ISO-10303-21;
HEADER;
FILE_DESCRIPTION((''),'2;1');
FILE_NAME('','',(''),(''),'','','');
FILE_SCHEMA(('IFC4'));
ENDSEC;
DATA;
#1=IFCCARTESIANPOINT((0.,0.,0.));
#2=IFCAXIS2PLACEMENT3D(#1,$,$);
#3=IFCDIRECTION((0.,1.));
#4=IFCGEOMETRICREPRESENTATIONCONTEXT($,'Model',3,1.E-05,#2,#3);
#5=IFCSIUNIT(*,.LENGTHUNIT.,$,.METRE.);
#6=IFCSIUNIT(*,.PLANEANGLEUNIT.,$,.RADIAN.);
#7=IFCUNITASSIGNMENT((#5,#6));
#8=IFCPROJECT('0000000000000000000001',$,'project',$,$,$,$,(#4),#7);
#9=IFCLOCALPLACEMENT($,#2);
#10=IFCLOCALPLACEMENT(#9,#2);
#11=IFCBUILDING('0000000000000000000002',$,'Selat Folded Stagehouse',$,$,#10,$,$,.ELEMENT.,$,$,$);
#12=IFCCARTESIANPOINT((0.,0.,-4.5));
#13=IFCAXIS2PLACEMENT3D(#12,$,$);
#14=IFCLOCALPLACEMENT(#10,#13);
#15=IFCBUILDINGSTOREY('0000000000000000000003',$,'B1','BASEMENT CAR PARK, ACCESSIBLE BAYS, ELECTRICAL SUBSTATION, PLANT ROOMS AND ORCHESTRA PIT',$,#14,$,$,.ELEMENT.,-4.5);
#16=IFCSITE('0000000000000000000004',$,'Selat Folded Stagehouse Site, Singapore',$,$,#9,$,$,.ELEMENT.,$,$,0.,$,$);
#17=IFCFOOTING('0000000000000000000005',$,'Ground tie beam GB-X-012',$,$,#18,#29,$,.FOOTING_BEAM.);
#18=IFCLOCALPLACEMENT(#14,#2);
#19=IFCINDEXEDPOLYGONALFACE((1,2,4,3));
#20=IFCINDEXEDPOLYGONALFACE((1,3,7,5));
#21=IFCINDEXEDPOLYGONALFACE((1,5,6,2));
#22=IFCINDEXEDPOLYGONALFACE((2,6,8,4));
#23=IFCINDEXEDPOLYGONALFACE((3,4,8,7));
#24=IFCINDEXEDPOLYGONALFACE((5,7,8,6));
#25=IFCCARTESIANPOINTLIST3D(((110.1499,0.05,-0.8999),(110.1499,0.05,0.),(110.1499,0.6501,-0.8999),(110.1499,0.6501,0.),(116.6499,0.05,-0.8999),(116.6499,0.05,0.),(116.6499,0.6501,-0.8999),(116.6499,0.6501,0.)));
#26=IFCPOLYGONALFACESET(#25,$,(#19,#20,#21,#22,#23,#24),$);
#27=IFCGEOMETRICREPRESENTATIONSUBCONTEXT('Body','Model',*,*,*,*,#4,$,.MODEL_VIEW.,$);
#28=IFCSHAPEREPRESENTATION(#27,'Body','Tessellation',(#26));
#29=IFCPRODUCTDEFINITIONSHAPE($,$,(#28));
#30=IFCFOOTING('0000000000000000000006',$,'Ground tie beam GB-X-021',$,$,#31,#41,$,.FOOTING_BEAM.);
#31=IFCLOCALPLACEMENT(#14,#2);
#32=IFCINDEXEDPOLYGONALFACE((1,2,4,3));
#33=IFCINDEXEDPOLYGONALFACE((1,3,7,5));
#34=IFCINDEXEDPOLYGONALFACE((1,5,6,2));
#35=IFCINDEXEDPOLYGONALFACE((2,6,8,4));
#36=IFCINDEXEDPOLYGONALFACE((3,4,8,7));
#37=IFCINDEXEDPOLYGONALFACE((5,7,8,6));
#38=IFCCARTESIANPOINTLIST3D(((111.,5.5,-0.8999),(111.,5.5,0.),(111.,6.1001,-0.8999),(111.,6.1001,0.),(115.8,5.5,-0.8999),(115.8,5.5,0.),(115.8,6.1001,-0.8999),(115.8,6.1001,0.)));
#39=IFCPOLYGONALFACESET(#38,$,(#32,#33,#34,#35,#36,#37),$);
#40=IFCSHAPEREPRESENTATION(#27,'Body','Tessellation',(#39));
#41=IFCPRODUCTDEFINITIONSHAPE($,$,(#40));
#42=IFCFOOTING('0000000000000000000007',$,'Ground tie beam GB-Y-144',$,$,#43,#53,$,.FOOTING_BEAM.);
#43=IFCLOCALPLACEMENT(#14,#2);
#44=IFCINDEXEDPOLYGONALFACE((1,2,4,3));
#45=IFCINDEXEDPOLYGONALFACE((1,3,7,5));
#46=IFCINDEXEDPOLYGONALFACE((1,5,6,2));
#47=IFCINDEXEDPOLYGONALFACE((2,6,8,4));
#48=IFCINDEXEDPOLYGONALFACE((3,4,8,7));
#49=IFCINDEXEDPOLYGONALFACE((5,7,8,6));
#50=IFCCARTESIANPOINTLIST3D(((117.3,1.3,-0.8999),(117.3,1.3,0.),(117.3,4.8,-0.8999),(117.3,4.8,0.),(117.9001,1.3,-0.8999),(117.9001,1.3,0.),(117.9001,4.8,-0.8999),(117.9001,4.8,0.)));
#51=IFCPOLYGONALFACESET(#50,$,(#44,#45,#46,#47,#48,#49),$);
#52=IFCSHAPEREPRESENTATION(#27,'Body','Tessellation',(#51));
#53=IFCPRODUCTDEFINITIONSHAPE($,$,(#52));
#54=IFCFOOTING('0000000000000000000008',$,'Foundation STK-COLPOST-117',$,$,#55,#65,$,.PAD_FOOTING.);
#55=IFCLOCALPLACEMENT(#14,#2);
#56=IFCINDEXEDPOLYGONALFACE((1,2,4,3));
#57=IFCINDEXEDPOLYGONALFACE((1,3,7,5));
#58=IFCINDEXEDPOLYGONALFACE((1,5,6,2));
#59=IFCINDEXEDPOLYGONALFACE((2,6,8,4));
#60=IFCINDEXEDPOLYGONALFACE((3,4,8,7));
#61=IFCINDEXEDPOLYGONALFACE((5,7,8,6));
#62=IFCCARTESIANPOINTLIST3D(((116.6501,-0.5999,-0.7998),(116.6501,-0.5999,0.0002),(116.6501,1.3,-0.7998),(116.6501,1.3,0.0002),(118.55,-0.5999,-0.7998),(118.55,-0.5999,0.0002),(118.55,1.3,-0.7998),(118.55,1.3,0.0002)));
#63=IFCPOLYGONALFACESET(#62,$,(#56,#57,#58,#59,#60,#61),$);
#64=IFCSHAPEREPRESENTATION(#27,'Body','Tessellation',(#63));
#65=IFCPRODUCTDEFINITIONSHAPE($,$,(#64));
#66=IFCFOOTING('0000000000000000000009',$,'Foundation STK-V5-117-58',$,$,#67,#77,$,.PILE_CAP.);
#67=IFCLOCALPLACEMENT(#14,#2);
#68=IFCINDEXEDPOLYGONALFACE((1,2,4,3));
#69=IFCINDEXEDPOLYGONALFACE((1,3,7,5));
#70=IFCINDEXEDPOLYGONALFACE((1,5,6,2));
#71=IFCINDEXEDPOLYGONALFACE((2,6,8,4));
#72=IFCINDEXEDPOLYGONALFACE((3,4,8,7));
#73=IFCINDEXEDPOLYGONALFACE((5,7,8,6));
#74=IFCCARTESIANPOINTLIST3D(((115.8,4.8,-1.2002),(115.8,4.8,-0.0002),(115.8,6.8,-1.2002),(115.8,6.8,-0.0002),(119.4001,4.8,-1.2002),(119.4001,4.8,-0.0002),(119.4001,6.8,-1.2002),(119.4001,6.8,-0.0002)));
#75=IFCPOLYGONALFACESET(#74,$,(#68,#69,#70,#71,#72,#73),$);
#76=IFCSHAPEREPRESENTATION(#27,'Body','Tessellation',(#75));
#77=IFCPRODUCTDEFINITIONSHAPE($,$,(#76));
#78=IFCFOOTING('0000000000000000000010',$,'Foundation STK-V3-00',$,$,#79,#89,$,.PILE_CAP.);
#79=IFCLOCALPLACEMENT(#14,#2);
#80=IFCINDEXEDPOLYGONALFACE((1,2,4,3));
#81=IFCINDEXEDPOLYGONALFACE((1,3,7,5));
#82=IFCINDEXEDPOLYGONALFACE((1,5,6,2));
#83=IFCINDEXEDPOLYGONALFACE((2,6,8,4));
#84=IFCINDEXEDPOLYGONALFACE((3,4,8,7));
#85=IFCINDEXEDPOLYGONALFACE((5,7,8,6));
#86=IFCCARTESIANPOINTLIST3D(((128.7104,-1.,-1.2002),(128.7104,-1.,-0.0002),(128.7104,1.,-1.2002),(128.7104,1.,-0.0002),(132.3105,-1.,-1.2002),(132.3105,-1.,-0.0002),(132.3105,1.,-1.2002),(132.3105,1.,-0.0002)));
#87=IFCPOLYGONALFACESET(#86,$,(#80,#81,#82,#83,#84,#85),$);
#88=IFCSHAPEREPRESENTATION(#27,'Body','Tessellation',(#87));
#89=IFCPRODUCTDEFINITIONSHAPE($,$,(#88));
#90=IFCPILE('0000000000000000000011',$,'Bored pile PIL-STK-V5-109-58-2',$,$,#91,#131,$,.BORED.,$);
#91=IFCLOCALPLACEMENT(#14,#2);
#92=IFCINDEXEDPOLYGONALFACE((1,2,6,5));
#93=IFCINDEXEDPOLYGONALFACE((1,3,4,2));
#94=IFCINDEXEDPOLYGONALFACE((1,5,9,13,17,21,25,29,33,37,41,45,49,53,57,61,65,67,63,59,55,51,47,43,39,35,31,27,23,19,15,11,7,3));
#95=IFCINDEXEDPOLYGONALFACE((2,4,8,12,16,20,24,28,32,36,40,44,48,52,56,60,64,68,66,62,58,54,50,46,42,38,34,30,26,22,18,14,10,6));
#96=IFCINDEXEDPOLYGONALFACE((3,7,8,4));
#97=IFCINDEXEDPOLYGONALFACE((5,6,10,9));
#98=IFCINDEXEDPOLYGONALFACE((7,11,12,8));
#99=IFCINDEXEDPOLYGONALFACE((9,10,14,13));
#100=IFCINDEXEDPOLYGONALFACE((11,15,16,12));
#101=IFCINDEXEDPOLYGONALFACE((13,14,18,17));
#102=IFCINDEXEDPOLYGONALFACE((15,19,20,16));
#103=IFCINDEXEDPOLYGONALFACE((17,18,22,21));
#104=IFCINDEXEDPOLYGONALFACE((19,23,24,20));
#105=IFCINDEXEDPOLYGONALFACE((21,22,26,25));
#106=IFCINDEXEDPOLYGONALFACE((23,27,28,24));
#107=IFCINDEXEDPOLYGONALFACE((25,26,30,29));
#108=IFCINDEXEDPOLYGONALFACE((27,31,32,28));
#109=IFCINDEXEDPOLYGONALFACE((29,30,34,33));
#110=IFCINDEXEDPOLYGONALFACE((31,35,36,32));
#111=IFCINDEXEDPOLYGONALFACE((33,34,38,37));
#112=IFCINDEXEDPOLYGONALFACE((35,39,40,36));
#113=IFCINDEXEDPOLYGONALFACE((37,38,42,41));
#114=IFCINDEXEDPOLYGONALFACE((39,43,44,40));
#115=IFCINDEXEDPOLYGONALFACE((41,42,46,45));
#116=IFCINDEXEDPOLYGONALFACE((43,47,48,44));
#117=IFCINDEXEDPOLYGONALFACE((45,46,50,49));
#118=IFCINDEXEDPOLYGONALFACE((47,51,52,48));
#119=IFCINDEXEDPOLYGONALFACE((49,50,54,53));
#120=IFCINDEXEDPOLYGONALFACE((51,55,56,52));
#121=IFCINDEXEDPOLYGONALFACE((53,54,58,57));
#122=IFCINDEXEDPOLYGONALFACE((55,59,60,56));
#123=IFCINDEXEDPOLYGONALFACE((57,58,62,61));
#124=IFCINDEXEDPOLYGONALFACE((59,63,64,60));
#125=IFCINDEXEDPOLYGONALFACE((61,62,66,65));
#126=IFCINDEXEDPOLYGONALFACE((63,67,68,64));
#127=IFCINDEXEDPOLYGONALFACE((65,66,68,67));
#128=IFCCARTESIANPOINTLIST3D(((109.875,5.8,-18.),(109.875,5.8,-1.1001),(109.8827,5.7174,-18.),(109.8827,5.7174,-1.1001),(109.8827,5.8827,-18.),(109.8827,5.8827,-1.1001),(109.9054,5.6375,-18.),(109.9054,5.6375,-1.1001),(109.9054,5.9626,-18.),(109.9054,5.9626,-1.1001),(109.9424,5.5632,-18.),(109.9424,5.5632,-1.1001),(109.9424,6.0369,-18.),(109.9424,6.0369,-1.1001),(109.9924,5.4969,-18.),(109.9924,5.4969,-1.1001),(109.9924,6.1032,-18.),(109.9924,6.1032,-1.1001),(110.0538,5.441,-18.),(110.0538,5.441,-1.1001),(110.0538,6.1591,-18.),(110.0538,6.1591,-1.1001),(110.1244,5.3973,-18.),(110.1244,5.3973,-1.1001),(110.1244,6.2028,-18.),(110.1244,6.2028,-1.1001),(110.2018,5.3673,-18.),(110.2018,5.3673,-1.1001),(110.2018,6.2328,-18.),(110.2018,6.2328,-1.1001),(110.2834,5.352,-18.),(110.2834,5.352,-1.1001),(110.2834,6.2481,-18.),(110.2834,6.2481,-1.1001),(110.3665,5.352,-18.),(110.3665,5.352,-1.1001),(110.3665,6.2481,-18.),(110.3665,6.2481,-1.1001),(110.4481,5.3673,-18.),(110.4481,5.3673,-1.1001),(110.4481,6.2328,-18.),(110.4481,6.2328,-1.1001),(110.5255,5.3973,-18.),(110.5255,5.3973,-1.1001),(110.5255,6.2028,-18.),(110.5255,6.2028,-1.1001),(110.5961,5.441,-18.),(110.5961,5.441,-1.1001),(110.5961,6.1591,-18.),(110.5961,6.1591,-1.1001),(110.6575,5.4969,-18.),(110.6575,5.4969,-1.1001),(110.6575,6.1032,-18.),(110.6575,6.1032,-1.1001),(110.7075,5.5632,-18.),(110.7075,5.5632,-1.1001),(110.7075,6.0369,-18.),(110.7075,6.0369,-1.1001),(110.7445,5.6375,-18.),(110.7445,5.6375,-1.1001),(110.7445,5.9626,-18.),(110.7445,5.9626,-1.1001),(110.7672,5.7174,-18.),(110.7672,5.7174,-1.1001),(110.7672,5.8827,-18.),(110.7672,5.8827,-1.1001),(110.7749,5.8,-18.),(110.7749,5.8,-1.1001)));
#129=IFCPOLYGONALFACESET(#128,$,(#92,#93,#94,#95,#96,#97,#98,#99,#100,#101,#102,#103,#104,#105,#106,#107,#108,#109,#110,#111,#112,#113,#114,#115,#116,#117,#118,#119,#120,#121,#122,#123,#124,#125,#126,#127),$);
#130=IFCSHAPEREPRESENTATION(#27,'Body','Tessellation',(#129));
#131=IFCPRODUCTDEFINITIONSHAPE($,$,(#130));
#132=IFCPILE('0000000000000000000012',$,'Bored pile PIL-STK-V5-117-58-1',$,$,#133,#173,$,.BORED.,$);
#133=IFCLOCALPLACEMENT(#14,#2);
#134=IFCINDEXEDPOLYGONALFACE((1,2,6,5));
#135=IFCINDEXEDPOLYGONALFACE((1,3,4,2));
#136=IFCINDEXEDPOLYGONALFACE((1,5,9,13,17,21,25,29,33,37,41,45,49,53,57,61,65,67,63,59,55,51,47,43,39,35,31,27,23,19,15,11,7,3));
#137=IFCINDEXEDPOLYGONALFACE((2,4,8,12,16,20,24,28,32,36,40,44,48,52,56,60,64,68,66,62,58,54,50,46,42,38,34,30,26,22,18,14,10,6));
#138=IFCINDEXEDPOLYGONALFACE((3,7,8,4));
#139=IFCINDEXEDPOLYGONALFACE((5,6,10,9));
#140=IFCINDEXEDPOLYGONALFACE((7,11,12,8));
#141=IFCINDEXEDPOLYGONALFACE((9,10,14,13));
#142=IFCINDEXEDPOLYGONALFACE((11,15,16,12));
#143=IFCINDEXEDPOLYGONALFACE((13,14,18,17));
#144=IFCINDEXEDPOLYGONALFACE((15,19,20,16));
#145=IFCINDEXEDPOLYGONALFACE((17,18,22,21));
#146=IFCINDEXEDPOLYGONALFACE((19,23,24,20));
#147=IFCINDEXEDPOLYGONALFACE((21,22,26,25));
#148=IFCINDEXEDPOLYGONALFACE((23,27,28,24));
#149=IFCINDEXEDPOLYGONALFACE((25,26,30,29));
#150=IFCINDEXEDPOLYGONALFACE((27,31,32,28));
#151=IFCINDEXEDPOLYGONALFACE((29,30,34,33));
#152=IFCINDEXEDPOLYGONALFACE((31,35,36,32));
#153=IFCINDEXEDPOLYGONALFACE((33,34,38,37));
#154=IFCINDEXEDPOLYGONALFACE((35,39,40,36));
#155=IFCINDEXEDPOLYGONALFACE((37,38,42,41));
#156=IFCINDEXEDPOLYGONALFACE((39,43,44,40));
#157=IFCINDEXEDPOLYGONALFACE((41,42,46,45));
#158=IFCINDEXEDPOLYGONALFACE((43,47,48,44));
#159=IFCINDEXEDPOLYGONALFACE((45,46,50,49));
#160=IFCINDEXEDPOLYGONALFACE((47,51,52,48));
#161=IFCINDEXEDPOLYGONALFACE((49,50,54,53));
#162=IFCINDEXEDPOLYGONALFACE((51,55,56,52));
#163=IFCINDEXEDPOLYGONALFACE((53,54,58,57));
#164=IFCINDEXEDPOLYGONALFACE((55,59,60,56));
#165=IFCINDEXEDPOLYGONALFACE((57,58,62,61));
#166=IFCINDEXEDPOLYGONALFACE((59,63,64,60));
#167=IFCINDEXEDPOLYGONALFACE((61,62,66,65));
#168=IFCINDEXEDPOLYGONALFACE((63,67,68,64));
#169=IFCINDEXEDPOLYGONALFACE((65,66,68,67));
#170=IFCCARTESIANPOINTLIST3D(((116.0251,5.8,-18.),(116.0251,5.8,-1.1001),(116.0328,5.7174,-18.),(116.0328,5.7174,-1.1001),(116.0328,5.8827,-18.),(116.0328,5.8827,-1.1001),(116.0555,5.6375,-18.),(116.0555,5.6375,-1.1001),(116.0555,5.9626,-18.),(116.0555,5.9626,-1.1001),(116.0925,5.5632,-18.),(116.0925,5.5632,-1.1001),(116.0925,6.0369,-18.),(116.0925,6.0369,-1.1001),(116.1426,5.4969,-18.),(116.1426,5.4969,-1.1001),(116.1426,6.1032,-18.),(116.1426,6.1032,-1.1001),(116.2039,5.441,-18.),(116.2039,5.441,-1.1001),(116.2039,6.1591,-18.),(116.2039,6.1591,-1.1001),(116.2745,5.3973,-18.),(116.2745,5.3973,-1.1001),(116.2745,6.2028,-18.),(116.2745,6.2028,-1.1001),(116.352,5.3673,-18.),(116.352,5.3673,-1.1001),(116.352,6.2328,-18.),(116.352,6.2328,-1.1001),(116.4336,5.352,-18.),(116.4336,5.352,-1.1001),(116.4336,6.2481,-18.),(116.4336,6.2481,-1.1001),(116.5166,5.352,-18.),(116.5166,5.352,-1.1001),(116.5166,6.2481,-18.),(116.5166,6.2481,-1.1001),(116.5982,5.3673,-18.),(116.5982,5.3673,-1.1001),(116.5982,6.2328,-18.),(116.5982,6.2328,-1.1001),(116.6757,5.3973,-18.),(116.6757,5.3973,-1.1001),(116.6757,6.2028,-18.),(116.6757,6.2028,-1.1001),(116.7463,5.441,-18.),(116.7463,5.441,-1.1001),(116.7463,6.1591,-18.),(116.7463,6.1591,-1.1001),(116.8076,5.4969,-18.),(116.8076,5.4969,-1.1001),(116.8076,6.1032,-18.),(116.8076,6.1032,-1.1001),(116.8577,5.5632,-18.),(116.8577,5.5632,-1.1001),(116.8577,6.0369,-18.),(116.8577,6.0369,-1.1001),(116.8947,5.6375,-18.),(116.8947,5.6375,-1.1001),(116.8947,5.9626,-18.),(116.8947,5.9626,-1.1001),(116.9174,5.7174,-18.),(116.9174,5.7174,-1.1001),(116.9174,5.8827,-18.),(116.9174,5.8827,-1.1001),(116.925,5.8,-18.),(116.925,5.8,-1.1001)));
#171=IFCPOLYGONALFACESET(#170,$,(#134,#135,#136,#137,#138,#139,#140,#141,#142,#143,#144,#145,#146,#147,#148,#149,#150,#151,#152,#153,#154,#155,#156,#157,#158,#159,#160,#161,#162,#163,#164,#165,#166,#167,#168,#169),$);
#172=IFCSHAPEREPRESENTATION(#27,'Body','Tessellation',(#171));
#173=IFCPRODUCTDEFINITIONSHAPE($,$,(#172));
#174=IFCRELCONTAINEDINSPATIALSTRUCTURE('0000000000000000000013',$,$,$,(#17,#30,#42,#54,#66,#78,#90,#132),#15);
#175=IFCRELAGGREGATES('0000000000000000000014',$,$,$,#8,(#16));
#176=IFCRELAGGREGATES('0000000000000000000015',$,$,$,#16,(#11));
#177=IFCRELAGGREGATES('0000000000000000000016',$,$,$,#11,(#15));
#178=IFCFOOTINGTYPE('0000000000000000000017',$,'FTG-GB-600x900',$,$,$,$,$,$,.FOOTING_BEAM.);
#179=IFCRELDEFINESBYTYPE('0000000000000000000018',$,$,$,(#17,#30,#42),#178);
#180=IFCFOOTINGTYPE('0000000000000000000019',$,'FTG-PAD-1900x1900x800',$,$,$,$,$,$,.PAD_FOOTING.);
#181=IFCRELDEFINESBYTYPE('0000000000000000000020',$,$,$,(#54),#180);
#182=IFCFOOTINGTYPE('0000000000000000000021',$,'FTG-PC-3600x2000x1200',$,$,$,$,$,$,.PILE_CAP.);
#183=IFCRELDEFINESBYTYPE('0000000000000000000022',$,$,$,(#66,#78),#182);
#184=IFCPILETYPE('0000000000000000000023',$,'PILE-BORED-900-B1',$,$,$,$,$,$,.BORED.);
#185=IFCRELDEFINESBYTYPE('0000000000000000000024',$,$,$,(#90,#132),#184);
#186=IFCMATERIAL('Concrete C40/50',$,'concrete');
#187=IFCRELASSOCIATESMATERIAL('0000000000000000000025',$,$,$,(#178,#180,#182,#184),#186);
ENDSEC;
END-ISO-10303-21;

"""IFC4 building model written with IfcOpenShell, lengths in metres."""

from ifc_helpers import new_model, si_unit, direction, frame, origin, origin_2d, place, context, subcontext, project, spatial, rectangle, circle, extrude, material, material_profile, profile_set, type_object, element, save


model = new_model("IFC4")

# Units and contexts
model_context = context("Model", 3, precision=1e-05, world=origin(), true_north=direction((0.0, 1.0)))
body_context = subcontext(model_context, "Body", "Model", "MODEL_VIEW")
ifc_project = project(units=[si_unit("LENGTHUNIT", "METRE"), si_unit("PLANEANGLEUNIT", "RADIAN")], contexts=[model_context])

# Site, building, storey
site_placement = place(None, origin())
site = spatial("IfcSite", under=ifc_project, at=site_placement, Name="Selat Folded Stagehouse Site, Singapore", CompositionType="ELEMENT", RefElevation=0.0)
building_placement = place(site_placement, origin())
building = spatial("IfcBuilding", under=site, at=building_placement, Name="Selat Folded Stagehouse", CompositionType="ELEMENT")
storey_placement = place(building_placement, frame((0.0, 0.0, -4.5)))
storey = spatial("IfcBuildingStorey", under=building, at=storey_placement, Name="B1", Description="BASEMENT CAR PARK, ACCESSIBLE BAYS, ELECTRICAL SUBSTATION, PLANT ROOMS AND ORCHESTRA PIT", CompositionType="ELEMENT", Elevation=-4.5)

# Footings
ifc_material_1 = material(Name="Concrete C40/50", Category="concrete")
ifc_material_profile_1 = material_profile(ifc_material_1, rectangle(XDim=0.6001, YDim=0.8999, at=origin_2d()), Name="RC 900x600")
ifc_profile_set_1 = profile_set([ifc_material_profile_1], Name="Concrete C40/50")
footing_type_1 = type_object("IfcFootingType", Name="FTG-GB-600x900", PredefinedType="FOOTING_BEAM", material=ifc_profile_set_1)
footing_1_placement = place(storey_placement, frame((110.1499, 0.3501, -0.45), z_axis=(1.0, 0.0, 0.0), x_axis=(0.0, 1.0, 0.0)))
element("IfcFooting", 1, at=footing_1_placement, inside=storey, type_object=footing_type_1, Name="Ground tie beam GB-X-012", PredefinedType="FOOTING_BEAM", context=body_context, shape_type="SweptSolid", body=[
    extrude(rectangle(XDim=0.6001, YDim=0.8999, at=origin_2d()), origin(), (0.0, 0.0, 1.0), 6.5),
])
footing_2_placement = place(storey_placement, frame((111.0, 5.8, -0.45), z_axis=(1.0, 0.0, 0.0), x_axis=(0.0, 1.0, 0.0)))
element("IfcFooting", 2, at=footing_2_placement, inside=storey, type_object=footing_type_1, Name="Ground tie beam GB-X-021", PredefinedType="FOOTING_BEAM", context=body_context, shape_type="SweptSolid", body=[
    extrude(rectangle(XDim=0.6001, YDim=0.8999, at=origin_2d()), origin(), (0.0, 0.0, 1.0), 4.8),
])
footing_3_placement = place(storey_placement, frame((117.6001, 1.3, -0.45), z_axis=(0.0, 1.0, 0.0), x_axis=(-1.0, 0.0, 0.0)))
element("IfcFooting", 3, at=footing_3_placement, inside=storey, type_object=footing_type_1, Name="Ground tie beam GB-Y-144", PredefinedType="FOOTING_BEAM", context=body_context, shape_type="SweptSolid", body=[
    extrude(rectangle(XDim=0.6001, YDim=0.8999, at=origin_2d()), origin(), (0.0, 0.0, 1.0), 3.5),
])
footing_type_2 = type_object("IfcFootingType", Name="FTG-PAD-1900x1900x800", PredefinedType="PAD_FOOTING", material=ifc_material_1)
footing_4_placement = place(storey_placement, frame((117.6001, 0.3501, -0.7998), z_axis=(0.0, 0.0, 1.0), x_axis=(1.0, 0.0, 0.0)))
element("IfcFooting", 4, at=footing_4_placement, inside=storey, type_object=footing_type_2, Name="Foundation STK-COLPOST-117", PredefinedType="PAD_FOOTING", context=body_context, shape_type="SweptSolid", body=[
    extrude(rectangle(XDim=1.8999, YDim=1.8999, at=origin_2d()), origin(), (0.0, 0.0, 1.0), 0.8),
])
footing_type_3 = type_object("IfcFootingType", Name="FTG-PC-3600x2000x1200", PredefinedType="PILE_CAP", material=ifc_material_1)
for number, where, z_axis, x_axis, name in (
    (5, (117.6001, 5.8, -1.2002), (0.0, 0.0, 1.0), (1.0, 0.0, 0.0), "Foundation STK-V5-117-58"),
    (6, (130.5105, 0.0, -1.2002), (0.0, 0.0, 1.0), (1.0, 0.0, 0.0), "Foundation STK-V3-00"),
):
    element("IfcFooting", number, at=place(storey_placement, frame(where, z_axis=z_axis, x_axis=x_axis)), inside=storey, type_object=footing_type_3, Name=name, PredefinedType="PILE_CAP", context=body_context, shape_type="SweptSolid", body=[
        extrude(rectangle(XDim=3.6001, YDim=2.0, at=origin_2d()), origin(), (0.0, 0.0, 1.0), 1.2),
    ])

# Piles
ifc_material_profile_2 = material_profile(ifc_material_1, circle(Radius=0.45, at=origin_2d()), Name="PILE D900")
ifc_profile_set_2 = profile_set([ifc_material_profile_2], Name="Concrete C40/50")
pile_type = type_object("IfcPileType", Name="PILE-BORED-900-B1", PredefinedType="BORED", material=ifc_profile_set_2)
for number, where, z_axis, x_axis, name in (
    (7, (110.325, 5.8, -1.1001), (0.0, 0.0, -1.0), (1.0, 0.0, 0.0), "Bored pile PIL-STK-V5-109-58-2"),
    (8, (116.4751, 5.8, -1.1001), (0.0, 0.0, -1.0), (1.0, 0.0, 0.0), "Bored pile PIL-STK-V5-117-58-1"),
):
    element("IfcPile", number, at=place(storey_placement, frame(where, z_axis=z_axis, x_axis=x_axis)), inside=storey, type_object=pile_type, Name=name, PredefinedType="BORED", context=body_context, shape_type="SweptSolid", body=[
        extrude(circle(Radius=0.45, at=origin_2d()), origin(), (0.0, 0.0, 1.0), 16.8999),
    ])

save(model, "model.ifc")
